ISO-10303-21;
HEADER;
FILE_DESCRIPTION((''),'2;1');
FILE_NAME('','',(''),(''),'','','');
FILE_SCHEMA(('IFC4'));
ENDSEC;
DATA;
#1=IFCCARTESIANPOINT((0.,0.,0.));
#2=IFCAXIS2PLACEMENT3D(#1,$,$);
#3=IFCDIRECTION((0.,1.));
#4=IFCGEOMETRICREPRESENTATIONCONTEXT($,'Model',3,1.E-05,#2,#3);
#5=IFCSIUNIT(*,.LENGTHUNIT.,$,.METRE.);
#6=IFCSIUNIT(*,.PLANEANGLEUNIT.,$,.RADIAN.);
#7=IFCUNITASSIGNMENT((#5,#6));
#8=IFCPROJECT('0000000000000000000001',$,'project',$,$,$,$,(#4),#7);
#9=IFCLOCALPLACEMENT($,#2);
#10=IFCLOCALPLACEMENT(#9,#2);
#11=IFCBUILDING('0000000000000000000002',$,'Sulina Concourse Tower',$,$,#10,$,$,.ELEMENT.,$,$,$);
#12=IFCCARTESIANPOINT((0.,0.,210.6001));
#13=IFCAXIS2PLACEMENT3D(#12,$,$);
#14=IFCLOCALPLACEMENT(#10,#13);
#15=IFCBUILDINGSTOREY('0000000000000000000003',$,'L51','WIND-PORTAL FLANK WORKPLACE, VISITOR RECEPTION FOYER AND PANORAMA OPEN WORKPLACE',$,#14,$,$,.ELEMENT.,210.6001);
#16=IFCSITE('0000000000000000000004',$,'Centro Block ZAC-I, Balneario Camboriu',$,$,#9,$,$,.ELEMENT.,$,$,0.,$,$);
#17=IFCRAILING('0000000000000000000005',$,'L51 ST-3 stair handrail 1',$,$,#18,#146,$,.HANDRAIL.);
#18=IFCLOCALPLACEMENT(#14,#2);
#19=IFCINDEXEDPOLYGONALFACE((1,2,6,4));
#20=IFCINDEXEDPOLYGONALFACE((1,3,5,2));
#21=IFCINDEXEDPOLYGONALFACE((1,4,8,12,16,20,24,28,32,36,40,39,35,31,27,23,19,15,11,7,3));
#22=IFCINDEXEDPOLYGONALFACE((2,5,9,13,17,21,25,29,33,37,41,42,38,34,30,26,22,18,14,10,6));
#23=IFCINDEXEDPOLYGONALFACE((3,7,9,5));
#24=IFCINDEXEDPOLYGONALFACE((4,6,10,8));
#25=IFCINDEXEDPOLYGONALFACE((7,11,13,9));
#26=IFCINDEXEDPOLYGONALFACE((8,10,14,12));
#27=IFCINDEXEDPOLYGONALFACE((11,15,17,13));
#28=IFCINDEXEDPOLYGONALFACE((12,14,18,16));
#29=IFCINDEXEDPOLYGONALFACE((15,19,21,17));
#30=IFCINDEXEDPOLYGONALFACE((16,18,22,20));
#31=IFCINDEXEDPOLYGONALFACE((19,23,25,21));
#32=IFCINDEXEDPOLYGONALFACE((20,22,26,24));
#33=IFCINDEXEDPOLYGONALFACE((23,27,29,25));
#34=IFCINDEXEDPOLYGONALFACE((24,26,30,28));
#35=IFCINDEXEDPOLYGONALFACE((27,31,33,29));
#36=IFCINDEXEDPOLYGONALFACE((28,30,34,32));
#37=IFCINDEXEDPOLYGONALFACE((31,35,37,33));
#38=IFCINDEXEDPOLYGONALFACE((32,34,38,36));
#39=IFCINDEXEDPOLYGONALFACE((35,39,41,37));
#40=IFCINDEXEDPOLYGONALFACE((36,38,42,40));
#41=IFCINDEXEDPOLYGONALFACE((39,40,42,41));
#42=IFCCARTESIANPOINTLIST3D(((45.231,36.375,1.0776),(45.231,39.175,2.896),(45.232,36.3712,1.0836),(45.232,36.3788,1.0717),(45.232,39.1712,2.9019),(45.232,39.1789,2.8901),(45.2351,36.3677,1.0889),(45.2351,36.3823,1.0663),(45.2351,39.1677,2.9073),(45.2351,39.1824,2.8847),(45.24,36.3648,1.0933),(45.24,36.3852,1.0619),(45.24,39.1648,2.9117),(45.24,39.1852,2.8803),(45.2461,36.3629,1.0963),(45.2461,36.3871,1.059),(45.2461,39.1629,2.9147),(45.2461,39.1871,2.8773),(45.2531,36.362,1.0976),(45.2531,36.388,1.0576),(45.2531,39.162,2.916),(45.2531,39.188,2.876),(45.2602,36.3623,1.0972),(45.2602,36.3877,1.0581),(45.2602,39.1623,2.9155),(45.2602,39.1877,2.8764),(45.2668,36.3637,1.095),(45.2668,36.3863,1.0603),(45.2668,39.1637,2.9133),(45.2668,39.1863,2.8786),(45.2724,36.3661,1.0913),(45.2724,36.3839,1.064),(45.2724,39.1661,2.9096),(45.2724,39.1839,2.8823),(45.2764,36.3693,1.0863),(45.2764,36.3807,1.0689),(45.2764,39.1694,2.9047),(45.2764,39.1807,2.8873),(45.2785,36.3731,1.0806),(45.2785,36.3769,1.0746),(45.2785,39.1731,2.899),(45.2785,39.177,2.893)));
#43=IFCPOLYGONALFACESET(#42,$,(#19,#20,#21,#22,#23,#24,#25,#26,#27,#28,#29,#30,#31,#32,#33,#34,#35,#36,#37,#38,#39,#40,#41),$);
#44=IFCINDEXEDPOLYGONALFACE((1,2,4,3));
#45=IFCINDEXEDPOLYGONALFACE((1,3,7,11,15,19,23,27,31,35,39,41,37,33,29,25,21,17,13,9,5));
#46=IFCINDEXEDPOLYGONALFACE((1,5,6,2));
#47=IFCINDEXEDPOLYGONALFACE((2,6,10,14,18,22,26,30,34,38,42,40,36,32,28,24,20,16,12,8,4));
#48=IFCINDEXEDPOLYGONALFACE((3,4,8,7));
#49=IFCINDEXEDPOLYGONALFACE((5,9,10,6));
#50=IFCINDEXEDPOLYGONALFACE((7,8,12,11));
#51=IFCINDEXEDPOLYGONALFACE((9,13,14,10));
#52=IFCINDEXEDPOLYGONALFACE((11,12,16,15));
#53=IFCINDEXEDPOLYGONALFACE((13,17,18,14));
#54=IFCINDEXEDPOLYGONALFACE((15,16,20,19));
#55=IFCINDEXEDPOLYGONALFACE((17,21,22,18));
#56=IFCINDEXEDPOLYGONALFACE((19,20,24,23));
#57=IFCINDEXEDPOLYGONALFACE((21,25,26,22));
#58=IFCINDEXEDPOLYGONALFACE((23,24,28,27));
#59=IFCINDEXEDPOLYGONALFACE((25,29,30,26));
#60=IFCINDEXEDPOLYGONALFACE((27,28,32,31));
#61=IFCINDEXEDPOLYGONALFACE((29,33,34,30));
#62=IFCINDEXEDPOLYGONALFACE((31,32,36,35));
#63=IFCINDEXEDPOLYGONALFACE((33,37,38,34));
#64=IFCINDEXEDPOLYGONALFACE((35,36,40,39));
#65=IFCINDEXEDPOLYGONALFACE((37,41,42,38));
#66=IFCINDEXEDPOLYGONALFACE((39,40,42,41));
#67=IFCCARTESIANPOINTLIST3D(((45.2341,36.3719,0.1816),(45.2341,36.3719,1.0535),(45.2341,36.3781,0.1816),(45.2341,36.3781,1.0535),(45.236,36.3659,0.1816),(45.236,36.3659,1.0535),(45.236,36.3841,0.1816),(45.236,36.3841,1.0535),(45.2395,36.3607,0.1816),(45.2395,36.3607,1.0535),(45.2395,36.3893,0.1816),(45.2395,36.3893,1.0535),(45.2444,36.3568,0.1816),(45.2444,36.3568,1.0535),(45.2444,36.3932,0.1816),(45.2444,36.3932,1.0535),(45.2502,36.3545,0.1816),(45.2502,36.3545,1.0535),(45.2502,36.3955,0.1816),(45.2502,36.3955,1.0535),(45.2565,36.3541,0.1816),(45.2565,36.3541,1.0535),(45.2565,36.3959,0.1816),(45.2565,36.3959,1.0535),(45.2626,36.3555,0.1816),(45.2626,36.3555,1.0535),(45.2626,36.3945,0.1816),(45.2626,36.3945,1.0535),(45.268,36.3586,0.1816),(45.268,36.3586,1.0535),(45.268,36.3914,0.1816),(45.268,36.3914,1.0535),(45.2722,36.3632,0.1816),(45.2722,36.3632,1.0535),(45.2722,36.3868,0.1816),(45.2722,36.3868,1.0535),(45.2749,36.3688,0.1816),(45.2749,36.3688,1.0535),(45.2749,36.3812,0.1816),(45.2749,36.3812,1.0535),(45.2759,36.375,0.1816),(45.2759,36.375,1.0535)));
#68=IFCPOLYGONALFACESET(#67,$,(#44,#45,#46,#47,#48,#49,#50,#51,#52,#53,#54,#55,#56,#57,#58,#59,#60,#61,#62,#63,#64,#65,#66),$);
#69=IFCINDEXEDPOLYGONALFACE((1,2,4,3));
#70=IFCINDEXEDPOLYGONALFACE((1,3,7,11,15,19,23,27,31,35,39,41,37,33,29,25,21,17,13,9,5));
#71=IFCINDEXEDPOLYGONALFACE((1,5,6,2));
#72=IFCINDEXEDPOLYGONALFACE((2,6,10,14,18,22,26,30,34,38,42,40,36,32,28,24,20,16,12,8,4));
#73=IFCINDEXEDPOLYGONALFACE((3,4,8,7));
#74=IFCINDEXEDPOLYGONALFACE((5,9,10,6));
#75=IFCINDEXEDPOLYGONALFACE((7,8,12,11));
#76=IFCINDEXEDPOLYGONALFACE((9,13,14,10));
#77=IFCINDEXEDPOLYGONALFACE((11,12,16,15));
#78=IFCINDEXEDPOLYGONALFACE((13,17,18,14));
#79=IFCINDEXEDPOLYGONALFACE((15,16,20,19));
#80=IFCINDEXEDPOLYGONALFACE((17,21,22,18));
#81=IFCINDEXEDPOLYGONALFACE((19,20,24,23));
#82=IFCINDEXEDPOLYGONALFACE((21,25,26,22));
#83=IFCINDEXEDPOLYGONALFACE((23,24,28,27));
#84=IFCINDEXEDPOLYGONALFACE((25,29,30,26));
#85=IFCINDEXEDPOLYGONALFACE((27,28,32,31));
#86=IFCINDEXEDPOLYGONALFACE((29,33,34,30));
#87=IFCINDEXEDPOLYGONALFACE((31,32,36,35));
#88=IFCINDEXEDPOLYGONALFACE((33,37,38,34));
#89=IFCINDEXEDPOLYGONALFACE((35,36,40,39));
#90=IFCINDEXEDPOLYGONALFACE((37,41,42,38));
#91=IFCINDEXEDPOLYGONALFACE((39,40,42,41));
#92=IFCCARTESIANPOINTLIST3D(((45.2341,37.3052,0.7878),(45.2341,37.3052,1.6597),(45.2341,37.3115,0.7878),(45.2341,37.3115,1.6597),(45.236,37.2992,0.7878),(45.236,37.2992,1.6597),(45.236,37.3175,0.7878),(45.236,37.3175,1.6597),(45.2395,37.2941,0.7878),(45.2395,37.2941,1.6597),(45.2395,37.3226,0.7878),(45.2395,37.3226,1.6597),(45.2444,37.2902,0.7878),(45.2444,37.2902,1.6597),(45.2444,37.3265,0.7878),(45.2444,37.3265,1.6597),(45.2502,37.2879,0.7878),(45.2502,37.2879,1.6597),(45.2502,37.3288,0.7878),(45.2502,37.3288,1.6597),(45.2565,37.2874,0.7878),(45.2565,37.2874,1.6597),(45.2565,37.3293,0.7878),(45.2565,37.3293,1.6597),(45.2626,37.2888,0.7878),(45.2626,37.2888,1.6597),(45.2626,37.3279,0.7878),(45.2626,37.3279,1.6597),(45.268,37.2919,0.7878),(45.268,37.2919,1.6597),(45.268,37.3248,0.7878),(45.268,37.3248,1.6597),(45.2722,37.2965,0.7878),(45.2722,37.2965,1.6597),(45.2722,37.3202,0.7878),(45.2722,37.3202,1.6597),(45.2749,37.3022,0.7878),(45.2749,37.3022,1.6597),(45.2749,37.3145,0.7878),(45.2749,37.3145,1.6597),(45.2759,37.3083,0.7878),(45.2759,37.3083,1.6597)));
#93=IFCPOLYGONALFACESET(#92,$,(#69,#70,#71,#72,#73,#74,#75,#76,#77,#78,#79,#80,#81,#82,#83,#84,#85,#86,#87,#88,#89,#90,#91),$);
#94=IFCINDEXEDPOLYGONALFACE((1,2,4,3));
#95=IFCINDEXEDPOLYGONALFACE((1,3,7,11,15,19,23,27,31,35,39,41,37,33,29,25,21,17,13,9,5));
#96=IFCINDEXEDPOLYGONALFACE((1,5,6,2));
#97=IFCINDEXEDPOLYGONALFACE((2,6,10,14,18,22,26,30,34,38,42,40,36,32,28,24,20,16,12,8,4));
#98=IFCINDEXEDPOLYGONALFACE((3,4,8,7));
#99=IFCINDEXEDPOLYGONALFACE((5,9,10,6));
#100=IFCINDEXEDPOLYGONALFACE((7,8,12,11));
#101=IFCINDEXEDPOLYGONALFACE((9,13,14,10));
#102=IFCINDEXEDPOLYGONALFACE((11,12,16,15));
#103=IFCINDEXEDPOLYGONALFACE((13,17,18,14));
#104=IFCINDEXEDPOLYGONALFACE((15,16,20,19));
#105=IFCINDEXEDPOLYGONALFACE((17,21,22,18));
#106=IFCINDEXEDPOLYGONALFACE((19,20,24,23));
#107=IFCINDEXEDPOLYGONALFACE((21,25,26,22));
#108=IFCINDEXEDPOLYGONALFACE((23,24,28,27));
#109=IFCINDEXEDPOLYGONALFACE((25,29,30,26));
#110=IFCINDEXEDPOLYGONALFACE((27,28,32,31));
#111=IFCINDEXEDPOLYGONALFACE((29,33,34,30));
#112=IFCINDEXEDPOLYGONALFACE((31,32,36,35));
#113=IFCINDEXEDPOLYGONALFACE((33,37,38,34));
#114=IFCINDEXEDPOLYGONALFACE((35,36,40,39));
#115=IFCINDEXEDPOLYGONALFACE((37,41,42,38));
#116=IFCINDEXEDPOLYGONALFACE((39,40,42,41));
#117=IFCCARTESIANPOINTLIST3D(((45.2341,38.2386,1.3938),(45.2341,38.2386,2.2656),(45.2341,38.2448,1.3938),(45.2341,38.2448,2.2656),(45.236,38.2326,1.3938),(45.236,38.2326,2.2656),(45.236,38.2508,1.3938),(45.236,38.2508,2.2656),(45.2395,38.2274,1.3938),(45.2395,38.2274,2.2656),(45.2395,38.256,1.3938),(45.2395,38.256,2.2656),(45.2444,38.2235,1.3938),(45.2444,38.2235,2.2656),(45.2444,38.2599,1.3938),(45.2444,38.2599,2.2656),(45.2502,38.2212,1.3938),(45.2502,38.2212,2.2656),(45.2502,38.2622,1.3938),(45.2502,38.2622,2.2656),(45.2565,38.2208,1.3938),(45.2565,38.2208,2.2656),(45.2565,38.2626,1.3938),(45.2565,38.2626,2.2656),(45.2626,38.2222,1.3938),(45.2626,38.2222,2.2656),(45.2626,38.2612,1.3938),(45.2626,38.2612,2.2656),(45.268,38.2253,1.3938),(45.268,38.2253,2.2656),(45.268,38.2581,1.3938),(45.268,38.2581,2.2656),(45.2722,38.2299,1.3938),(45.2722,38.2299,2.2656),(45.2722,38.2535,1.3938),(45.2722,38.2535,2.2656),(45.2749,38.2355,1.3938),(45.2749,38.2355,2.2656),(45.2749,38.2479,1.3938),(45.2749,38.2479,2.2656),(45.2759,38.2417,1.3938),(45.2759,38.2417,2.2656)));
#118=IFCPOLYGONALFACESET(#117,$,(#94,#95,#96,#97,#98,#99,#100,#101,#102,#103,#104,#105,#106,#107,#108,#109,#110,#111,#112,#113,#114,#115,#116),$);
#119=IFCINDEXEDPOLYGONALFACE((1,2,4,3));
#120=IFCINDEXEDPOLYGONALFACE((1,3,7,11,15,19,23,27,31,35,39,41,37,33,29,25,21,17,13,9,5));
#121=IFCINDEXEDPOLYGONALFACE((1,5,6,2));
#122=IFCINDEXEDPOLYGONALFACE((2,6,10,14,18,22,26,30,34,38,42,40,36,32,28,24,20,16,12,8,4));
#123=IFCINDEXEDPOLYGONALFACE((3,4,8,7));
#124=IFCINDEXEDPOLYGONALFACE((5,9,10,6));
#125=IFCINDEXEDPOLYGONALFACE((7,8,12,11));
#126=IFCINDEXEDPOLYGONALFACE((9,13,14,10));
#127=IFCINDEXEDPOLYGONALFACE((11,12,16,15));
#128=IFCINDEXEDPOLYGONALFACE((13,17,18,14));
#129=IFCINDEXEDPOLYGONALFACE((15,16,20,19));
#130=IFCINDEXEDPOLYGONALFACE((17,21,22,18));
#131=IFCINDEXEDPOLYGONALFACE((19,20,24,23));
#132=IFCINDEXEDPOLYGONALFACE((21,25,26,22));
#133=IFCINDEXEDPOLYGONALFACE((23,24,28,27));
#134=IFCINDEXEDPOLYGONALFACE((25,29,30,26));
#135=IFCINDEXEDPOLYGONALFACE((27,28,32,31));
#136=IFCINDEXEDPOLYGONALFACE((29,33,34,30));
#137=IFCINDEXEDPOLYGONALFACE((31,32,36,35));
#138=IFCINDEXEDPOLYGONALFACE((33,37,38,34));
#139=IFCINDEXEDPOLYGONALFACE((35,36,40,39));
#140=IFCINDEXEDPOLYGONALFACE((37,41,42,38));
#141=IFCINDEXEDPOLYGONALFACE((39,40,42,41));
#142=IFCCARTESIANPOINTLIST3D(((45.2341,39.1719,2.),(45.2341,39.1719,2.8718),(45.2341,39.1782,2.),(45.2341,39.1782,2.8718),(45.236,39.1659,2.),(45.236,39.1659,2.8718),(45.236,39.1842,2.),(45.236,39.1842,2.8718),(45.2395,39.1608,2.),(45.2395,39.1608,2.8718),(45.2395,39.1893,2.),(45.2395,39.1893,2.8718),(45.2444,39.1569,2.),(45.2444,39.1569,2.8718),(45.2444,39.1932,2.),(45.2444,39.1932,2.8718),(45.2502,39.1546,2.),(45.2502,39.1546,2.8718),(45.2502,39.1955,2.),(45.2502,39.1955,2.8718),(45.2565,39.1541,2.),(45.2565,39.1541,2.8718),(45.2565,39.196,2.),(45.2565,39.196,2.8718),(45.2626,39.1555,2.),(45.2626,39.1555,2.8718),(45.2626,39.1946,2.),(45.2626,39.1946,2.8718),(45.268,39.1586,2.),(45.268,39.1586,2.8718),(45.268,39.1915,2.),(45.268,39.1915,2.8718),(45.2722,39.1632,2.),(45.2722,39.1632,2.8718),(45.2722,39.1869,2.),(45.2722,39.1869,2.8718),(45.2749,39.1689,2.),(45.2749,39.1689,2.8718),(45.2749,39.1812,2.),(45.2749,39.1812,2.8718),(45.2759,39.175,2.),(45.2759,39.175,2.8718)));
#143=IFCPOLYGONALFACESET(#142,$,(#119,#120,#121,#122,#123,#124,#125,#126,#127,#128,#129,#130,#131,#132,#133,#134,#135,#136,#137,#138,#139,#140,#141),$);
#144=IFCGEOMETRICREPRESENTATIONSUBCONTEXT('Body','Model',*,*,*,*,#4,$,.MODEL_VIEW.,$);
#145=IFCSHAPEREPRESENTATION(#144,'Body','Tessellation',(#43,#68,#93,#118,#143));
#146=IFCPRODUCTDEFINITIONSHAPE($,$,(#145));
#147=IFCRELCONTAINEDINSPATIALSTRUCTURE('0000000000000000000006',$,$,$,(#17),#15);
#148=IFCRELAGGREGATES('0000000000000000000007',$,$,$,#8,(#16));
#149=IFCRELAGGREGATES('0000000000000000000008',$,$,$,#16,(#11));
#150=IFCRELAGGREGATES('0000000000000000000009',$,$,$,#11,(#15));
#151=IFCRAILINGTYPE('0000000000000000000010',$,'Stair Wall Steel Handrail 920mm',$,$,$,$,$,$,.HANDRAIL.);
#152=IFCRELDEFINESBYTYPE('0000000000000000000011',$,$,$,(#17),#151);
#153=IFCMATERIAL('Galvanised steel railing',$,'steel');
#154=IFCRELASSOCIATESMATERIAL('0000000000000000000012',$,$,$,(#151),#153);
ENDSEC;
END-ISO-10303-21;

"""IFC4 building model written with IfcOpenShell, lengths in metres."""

from ifc_helpers import new_model, si_unit, direction, frame, origin, origin_2d, place, context, subcontext, project, spatial, circle, extrude, material, type_object, element, save


model = new_model("IFC4")

# Units and contexts
model_context = context("Model", 3, precision=1e-05, world=origin(), true_north=direction((0.0, 1.0)))
body_context = subcontext(model_context, "Body", "Model", "MODEL_VIEW")
ifc_project = project(units=[si_unit("LENGTHUNIT", "METRE"), si_unit("PLANEANGLEUNIT", "RADIAN")], contexts=[model_context])

# Site, building, storey
site_placement = place(None, origin())
site = spatial("IfcSite", under=ifc_project, at=site_placement, Name="Centro Block ZAC-I, Balneario Camboriu", CompositionType="ELEMENT", RefElevation=0.0)
building_placement = place(site_placement, origin())
building = spatial("IfcBuilding", under=site, at=building_placement, Name="Sulina Concourse Tower", CompositionType="ELEMENT")
storey_placement = place(building_placement, frame((0.0, 0.0, 210.6001)))
storey = spatial("IfcBuildingStorey", under=building, at=storey_placement, Name="L51", Description="WIND-PORTAL FLANK WORKPLACE, VISITOR RECEPTION FOYER AND PANORAMA OPEN WORKPLACE", CompositionType="ELEMENT", Elevation=210.6001)

# Railing
ifc_material_1 = material(Name="Galvanised steel railing", Category="steel")
railing_type_1 = type_object("IfcRailingType", Name="Stair Wall Steel Handrail 920mm", PredefinedType="HANDRAIL", material=ifc_material_1)
railing_1_placement = place(storey_placement, frame((45.2549, 36.375, 0.1816)))
element("IfcRailing", 1, at=railing_1_placement, inside=storey, type_object=railing_type_1, Name="L51 ST-3 stair handrail 1", PredefinedType="HANDRAIL", context=body_context, shape_type="SweptSolid", body=[
    extrude(circle(Radius=0.0239, at=origin_2d()), frame((0.0, 0.0, 0.896), z_axis=(0.0, 0.838672, 0.544636), x_axis=(-1.0, 0.0, 0.0)), (0.0, 0.0, 1.0), 3.3386),
    extrude(circle(Radius=0.021, at=origin_2d()), origin(), (0.0, 0.0, 1.0), 0.8718),
    extrude(circle(Radius=0.021, at=origin_2d()), frame((0.0, 0.9333, 0.6062)), (0.0, 0.0, 1.0), 0.8718),
    extrude(circle(Radius=0.021, at=origin_2d()), frame((0.0, 1.8667, 1.2122)), (0.0, 0.0, 1.0), 0.8718),
    extrude(circle(Radius=0.021, at=origin_2d()), frame((0.0, 2.8, 1.8184)), (0.0, 0.0, 1.0), 0.8718),
])

save(model, "model.ifc")
